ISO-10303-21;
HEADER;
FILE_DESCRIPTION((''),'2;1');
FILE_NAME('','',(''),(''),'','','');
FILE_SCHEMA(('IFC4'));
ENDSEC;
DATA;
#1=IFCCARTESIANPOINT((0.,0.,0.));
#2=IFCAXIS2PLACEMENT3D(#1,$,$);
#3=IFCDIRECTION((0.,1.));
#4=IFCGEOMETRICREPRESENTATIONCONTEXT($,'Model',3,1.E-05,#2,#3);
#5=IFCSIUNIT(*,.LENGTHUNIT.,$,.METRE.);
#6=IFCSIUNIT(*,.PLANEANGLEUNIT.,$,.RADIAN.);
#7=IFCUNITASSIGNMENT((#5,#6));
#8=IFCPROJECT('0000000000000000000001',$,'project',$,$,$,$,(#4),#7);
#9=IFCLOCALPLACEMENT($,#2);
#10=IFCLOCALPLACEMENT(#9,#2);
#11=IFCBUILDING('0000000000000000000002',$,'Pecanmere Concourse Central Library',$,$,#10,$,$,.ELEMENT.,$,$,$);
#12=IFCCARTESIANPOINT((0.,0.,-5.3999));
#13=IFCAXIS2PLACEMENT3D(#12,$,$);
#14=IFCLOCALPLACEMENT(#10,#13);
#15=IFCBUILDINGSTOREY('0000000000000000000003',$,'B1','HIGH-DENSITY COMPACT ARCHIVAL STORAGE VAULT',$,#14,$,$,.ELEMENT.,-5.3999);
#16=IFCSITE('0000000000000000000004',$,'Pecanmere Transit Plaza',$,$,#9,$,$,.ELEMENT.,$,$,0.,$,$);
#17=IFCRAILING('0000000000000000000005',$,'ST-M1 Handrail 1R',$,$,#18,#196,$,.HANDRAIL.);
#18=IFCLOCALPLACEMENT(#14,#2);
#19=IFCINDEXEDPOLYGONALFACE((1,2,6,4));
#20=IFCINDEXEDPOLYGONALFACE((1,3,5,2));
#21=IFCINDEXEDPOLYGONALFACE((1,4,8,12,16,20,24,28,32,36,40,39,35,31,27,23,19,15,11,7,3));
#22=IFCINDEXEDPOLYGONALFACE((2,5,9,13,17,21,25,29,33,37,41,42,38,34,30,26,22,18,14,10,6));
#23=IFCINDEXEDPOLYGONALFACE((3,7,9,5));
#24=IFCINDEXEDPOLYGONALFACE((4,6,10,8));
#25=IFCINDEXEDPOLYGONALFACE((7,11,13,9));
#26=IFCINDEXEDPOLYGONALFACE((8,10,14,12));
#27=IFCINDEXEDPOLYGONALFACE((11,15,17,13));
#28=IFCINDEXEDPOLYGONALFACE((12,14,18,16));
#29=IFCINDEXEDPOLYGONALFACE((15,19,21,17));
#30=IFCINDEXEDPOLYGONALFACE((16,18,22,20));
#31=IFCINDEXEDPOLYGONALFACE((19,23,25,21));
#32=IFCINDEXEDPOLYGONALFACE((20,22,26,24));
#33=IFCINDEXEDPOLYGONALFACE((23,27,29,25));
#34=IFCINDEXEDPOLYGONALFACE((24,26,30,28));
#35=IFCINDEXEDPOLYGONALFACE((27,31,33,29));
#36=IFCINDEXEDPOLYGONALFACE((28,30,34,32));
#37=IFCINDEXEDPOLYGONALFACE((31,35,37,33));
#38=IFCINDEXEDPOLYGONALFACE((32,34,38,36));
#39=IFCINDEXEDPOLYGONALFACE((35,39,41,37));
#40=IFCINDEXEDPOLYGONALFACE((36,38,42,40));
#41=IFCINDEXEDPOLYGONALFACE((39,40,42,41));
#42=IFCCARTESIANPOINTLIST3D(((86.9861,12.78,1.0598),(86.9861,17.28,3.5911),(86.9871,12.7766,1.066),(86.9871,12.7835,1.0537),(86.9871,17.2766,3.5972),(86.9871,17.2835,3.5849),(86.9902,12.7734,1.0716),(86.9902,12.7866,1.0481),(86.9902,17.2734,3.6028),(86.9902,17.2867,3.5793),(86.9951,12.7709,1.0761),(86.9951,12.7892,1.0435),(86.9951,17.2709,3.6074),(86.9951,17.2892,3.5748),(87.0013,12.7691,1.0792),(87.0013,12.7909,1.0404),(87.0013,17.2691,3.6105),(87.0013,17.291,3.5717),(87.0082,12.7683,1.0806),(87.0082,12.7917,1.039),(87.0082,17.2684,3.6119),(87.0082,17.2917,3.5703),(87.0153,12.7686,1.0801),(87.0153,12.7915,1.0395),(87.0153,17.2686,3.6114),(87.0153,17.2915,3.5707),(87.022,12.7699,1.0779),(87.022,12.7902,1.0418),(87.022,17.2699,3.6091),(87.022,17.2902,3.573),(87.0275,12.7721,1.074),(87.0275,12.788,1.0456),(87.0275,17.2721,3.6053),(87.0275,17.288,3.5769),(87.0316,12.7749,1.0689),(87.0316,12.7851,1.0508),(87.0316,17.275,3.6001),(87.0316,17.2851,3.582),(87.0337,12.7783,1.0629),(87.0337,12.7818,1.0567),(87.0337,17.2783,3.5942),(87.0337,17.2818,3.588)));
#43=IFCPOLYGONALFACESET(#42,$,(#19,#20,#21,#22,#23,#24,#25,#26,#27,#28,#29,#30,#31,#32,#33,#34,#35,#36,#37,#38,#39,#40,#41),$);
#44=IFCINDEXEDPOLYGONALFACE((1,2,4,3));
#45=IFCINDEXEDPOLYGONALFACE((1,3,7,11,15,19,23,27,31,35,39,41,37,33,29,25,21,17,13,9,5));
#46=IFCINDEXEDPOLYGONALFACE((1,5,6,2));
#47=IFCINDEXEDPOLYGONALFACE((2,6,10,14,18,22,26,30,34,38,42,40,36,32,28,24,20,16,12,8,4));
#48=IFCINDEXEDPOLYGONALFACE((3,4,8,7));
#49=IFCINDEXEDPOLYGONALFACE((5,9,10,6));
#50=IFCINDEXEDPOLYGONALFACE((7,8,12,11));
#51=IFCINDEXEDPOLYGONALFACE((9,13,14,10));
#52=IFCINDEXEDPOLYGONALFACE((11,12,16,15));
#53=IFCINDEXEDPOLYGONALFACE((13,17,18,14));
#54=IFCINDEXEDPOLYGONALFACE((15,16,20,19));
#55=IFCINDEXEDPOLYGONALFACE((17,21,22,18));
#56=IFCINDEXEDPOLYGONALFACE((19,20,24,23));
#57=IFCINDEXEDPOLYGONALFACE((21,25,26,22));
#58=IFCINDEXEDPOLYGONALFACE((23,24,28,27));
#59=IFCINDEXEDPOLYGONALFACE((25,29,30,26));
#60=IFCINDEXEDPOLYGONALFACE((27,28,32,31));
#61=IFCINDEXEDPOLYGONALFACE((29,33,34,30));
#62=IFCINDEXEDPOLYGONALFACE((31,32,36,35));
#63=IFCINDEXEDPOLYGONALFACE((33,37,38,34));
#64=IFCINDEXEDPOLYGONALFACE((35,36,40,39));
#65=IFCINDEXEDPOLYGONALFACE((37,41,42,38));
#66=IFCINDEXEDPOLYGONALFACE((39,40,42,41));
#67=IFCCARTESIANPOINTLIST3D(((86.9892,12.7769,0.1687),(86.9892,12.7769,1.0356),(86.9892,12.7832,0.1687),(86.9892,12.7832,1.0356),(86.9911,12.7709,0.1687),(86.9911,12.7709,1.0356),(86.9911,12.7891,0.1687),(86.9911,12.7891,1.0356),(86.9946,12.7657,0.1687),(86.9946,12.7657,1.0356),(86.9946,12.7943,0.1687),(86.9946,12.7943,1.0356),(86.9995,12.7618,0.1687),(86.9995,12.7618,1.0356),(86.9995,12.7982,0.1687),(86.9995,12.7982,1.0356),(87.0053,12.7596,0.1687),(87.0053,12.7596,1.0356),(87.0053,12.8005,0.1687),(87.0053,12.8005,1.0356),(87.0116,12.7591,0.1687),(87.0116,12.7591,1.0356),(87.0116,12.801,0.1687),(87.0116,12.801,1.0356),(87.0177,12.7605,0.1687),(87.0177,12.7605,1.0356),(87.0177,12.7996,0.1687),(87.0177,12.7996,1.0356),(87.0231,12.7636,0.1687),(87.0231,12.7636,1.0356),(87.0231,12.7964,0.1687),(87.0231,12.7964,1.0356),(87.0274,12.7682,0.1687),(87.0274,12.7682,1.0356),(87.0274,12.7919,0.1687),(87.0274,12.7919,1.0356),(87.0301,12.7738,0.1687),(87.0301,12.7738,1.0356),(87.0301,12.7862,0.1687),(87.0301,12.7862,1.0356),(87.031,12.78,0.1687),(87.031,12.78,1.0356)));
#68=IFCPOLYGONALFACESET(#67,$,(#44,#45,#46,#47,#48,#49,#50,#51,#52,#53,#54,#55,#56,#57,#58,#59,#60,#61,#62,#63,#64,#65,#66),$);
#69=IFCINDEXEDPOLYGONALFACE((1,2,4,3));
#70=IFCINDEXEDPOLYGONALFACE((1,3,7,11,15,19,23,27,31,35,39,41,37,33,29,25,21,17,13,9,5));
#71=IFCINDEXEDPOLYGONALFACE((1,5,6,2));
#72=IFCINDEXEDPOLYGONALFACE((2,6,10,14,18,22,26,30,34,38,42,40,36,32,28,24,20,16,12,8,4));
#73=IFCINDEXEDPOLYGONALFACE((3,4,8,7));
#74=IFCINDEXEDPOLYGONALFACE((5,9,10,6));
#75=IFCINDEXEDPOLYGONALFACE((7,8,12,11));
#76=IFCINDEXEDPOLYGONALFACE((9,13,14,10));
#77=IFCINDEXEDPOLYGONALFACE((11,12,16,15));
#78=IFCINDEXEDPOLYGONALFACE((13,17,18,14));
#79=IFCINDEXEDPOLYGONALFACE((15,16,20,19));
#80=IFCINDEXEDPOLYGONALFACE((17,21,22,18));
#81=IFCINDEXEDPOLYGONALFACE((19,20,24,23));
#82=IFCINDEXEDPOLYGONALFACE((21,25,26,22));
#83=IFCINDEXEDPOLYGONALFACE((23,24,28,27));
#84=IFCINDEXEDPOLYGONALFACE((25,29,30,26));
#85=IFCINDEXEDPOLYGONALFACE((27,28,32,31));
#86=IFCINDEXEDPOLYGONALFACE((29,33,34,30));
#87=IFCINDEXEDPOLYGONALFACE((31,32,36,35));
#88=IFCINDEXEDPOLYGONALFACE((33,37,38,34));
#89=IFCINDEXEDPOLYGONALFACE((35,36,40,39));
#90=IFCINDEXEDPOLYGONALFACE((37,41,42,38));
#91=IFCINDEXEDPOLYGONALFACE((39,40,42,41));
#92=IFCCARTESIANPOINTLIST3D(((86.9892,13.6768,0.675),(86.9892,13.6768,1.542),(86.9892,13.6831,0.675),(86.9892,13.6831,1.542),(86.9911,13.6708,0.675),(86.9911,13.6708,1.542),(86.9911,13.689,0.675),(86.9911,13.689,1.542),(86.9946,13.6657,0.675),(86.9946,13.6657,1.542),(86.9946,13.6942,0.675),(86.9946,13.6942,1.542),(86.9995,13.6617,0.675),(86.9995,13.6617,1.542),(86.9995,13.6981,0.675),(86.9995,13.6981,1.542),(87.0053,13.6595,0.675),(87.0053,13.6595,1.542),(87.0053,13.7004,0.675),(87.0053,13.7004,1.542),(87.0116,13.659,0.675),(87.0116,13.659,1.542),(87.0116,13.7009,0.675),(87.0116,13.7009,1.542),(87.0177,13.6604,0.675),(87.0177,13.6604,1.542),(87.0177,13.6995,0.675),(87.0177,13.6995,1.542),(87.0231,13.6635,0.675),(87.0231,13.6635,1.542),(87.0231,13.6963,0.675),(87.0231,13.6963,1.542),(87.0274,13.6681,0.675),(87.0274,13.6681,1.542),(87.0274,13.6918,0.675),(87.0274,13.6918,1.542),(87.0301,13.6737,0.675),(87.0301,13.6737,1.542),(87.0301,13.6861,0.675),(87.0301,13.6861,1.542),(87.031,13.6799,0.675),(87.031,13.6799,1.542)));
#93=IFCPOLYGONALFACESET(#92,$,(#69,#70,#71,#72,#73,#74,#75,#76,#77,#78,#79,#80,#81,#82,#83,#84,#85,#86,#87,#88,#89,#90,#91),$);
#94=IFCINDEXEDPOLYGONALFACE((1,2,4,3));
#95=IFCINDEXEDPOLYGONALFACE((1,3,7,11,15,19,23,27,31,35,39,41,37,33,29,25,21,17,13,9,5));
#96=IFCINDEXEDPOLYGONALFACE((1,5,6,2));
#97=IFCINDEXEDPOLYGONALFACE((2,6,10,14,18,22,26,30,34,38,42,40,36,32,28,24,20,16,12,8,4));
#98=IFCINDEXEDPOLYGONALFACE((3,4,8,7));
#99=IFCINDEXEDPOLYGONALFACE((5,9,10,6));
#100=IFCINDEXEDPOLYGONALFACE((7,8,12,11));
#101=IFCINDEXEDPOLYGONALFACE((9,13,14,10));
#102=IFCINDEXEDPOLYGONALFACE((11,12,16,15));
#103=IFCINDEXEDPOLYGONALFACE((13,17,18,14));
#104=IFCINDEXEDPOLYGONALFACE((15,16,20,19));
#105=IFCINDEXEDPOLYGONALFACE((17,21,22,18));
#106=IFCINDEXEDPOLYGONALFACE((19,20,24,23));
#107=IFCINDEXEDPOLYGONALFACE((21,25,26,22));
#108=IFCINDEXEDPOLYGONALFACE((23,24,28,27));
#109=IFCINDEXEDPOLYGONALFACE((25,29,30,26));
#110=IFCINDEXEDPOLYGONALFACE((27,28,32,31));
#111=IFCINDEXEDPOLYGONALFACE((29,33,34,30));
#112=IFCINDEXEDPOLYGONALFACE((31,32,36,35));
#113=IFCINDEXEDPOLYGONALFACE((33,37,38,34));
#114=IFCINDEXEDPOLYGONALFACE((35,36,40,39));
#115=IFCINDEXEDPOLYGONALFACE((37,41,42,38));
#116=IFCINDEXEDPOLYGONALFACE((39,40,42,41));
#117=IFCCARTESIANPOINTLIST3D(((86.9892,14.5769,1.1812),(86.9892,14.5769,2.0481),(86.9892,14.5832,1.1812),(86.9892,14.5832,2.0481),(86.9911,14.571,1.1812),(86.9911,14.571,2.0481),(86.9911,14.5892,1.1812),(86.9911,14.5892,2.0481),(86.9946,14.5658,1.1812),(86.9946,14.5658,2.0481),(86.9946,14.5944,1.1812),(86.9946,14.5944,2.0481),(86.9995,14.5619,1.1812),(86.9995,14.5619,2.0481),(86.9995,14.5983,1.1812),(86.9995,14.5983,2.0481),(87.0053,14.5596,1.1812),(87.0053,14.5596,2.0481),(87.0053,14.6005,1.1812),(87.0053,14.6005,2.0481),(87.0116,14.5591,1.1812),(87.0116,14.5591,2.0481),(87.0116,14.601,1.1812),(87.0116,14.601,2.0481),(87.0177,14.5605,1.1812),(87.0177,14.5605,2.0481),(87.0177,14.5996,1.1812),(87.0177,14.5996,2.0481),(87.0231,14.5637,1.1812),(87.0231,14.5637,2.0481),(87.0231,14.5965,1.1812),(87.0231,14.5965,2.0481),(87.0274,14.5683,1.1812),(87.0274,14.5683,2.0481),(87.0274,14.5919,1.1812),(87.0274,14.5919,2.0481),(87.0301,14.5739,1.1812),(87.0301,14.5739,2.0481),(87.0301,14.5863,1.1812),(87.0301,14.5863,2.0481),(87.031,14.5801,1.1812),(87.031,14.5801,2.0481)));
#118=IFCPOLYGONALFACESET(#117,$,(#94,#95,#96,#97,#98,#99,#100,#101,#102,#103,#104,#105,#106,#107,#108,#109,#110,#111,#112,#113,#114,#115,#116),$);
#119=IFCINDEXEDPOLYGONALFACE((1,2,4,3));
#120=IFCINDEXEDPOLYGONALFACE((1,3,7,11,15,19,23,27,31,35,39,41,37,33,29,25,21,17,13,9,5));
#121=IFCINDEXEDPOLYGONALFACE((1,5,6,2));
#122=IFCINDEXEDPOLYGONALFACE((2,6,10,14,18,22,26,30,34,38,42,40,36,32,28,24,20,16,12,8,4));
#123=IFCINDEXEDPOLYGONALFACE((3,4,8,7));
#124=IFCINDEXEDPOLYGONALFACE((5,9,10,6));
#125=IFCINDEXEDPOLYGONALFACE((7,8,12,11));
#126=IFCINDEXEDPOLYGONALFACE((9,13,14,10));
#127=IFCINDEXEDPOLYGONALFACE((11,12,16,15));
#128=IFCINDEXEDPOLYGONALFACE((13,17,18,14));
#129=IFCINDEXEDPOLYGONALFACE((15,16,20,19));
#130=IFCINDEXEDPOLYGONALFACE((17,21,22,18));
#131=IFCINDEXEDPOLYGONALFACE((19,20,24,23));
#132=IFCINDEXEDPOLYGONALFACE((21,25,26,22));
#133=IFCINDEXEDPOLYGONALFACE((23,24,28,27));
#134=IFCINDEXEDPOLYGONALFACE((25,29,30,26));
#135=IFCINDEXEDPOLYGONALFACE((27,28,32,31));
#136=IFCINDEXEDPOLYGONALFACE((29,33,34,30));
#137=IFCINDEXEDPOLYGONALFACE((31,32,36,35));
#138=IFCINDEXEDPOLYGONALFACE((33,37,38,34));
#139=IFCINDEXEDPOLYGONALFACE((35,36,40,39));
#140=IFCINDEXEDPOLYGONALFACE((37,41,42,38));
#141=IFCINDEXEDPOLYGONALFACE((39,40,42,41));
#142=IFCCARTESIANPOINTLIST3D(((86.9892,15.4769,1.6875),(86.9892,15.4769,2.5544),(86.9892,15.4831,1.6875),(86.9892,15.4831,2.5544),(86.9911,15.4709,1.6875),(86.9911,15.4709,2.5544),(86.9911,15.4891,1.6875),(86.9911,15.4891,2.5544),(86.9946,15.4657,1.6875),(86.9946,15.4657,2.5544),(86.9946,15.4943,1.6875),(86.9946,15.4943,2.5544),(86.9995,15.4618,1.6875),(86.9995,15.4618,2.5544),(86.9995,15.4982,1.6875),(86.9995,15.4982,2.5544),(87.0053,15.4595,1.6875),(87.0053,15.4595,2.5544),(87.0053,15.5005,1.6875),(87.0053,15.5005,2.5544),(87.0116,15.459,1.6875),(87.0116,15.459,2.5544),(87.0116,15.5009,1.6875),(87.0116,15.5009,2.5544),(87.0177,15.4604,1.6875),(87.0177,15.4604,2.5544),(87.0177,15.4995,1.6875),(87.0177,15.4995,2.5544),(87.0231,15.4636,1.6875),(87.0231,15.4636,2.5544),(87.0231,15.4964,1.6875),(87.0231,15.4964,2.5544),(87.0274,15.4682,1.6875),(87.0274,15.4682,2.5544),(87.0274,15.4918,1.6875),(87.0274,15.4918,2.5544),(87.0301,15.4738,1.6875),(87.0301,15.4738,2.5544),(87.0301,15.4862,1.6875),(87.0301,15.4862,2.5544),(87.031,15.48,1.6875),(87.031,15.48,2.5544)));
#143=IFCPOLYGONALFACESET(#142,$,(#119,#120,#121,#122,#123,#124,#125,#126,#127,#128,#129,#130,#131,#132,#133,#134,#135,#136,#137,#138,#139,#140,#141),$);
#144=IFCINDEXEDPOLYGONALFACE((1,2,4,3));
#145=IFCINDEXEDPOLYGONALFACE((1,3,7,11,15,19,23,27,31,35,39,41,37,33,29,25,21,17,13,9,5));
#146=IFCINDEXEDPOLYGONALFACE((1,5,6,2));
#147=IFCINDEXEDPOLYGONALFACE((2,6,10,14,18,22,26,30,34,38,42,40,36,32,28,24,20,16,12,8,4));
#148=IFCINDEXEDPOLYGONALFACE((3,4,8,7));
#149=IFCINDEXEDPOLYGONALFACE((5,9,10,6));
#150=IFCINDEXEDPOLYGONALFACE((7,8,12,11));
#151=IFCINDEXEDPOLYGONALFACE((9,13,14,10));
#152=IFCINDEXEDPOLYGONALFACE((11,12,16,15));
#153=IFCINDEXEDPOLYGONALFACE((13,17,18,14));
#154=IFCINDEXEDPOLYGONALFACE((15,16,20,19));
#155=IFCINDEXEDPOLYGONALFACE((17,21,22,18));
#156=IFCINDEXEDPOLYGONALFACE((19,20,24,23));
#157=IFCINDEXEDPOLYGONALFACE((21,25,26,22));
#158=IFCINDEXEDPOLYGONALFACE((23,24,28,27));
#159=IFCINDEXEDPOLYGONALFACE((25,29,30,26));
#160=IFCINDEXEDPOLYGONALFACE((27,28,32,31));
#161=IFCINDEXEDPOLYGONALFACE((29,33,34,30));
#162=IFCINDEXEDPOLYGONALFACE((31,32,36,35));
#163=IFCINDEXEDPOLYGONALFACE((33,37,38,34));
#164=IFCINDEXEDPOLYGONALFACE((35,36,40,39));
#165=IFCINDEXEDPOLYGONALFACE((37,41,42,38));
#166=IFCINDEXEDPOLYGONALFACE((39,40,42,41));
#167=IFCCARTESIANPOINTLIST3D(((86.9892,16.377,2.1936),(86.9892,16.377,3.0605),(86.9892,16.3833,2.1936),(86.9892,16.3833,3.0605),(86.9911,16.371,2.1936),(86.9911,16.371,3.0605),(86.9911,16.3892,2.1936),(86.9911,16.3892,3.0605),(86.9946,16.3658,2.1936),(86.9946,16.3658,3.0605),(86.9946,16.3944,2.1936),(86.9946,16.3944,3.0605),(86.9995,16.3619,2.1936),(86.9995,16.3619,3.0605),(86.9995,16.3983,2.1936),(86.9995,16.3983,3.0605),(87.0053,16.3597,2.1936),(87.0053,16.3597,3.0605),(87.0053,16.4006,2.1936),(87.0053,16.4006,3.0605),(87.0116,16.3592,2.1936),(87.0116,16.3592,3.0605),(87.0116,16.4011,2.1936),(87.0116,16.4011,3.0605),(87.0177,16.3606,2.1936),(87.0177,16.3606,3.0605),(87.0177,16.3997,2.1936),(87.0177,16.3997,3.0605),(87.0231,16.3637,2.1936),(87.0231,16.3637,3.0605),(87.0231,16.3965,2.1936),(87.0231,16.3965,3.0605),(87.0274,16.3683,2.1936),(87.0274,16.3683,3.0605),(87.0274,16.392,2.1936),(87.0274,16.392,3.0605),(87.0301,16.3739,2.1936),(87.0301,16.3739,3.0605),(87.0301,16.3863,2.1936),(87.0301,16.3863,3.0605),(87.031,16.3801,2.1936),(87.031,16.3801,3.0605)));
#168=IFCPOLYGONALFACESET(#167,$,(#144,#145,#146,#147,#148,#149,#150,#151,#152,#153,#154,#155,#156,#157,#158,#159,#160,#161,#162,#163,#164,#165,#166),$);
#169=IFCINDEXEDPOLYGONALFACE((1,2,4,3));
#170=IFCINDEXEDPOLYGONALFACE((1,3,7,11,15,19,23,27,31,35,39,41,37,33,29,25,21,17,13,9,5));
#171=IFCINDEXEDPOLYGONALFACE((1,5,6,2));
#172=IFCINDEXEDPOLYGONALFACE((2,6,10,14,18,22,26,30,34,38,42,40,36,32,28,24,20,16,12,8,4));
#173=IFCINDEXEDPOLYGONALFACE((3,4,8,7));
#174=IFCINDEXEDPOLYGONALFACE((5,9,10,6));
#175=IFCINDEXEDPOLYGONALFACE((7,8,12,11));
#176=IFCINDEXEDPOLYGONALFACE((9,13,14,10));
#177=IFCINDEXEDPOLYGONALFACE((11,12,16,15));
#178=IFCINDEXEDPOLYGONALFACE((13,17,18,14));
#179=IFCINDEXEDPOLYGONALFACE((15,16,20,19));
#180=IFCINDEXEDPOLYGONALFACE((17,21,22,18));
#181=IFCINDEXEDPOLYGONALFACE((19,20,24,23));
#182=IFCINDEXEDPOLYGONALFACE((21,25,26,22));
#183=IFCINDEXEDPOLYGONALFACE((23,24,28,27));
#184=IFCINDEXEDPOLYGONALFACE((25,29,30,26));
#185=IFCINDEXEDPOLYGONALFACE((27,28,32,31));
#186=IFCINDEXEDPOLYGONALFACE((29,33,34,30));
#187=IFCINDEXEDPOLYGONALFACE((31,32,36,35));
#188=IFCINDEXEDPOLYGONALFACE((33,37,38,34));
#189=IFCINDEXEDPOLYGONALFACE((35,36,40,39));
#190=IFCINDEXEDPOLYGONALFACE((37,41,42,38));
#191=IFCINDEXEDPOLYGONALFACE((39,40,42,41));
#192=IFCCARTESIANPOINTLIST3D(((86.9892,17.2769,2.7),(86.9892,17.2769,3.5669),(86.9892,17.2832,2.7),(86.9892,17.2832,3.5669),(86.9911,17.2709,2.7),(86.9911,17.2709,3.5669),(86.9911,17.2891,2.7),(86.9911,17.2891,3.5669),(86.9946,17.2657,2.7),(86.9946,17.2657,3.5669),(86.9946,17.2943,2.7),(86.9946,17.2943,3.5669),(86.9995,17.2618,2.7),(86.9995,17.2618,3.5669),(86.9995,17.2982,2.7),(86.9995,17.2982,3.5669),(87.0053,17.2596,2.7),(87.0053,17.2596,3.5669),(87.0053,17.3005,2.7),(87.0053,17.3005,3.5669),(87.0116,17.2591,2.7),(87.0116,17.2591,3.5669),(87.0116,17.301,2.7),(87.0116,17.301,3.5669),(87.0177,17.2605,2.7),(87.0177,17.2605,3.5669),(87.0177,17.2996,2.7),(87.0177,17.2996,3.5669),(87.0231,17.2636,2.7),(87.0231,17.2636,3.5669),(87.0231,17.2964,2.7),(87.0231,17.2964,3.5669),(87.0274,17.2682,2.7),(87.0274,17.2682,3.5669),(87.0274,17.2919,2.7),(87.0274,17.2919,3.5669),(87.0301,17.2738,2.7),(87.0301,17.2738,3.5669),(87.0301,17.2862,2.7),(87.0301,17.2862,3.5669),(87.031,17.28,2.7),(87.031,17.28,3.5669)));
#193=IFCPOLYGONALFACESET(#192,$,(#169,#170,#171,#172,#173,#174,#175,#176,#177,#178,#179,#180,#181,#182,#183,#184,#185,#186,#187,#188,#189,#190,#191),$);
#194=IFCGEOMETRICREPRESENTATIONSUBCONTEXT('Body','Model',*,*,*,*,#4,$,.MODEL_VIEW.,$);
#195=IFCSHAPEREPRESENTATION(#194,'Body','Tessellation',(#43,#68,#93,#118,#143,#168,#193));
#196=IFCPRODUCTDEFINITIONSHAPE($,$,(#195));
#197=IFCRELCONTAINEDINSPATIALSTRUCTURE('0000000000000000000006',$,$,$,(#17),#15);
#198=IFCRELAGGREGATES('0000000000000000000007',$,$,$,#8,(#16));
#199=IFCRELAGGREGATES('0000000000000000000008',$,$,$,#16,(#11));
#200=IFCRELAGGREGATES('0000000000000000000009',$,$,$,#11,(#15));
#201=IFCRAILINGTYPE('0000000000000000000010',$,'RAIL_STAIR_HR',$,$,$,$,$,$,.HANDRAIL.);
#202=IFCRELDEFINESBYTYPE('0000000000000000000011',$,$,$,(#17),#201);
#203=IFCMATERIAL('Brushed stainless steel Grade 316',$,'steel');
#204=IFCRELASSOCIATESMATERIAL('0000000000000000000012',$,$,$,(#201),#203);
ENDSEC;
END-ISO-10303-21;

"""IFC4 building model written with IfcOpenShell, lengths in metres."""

from ifc_helpers import new_model, si_unit, direction, frame, origin, origin_2d, place, context, subcontext, project, spatial, circle, extrude, material, type_object, element, save


model = new_model("IFC4")

# Units and contexts
model_context = context("Model", 3, precision=1e-05, world=origin(), true_north=direction((0.0, 1.0)))
body_context = subcontext(model_context, "Body", "Model", "MODEL_VIEW")
ifc_project = project(units=[si_unit("LENGTHUNIT", "METRE"), si_unit("PLANEANGLEUNIT", "RADIAN")], contexts=[model_context])

# Site, building, storey
site_placement = place(None, origin())
site = spatial("IfcSite", under=ifc_project, at=site_placement, Name="Pecanmere Transit Plaza", CompositionType="ELEMENT", RefElevation=0.0)
building_placement = place(site_placement, origin())
building = spatial("IfcBuilding", under=site, at=building_placement, Name="Pecanmere Concourse Central Library", CompositionType="ELEMENT")
storey_placement = place(building_placement, frame((0.0, 0.0, -5.3999)))
storey = spatial("IfcBuildingStorey", under=building, at=storey_placement, Name="B1", Description="HIGH-DENSITY COMPACT ARCHIVAL STORAGE VAULT", CompositionType="ELEMENT", Elevation=-5.3999)

# Railing
ifc_material_1 = material(Name="Brushed stainless steel Grade 316", Category="steel")
railing_type_1 = type_object("IfcRailingType", Name="RAIL_STAIR_HR", PredefinedType="HANDRAIL", material=ifc_material_1)
for number, where, name in (
    (1, (87.01, 12.78, 0.1687), "ST-M1 Handrail 1R"),
):
    element("IfcRailing", number, at=place(storey_placement, frame(where)), inside=storey, type_object=railing_type_1, Name=name, PredefinedType="HANDRAIL", context=body_context, shape_type="SweptSolid", body=[
        extrude(circle(Radius=0.0239, at=origin_2d()), frame((0.0, 0.0, 0.8911), z_axis=(0.0, 0.871576, 0.490261), x_axis=(-1.0, 0.0, 0.0)), (0.0, 0.0, 1.0), 5.1631),
        extrude(circle(Radius=0.021, at=origin_2d()), origin(), (0.0, 0.0, 1.0), 0.8669),
        extrude(circle(Radius=0.021, at=origin_2d()), frame((0.0, 0.8999, 0.5063)), (0.0, 0.0, 1.0), 0.8669),
        extrude(circle(Radius=0.021, at=origin_2d()), frame((0.0, 1.8, 1.0125)), (0.0, 0.0, 1.0), 0.8669),
        extrude(circle(Radius=0.021, at=origin_2d()), frame((0.0, 2.7, 1.5188)), (0.0, 0.0, 1.0), 0.8669),
        extrude(circle(Radius=0.021, at=origin_2d()), frame((0.0, 3.6001, 2.0249)), (0.0, 0.0, 1.0), 0.8669),
        extrude(circle(Radius=0.021, at=origin_2d()), frame((0.0, 4.5, 2.5312)), (0.0, 0.0, 1.0), 0.8669),
    ])

save(model, "model.ifc")
